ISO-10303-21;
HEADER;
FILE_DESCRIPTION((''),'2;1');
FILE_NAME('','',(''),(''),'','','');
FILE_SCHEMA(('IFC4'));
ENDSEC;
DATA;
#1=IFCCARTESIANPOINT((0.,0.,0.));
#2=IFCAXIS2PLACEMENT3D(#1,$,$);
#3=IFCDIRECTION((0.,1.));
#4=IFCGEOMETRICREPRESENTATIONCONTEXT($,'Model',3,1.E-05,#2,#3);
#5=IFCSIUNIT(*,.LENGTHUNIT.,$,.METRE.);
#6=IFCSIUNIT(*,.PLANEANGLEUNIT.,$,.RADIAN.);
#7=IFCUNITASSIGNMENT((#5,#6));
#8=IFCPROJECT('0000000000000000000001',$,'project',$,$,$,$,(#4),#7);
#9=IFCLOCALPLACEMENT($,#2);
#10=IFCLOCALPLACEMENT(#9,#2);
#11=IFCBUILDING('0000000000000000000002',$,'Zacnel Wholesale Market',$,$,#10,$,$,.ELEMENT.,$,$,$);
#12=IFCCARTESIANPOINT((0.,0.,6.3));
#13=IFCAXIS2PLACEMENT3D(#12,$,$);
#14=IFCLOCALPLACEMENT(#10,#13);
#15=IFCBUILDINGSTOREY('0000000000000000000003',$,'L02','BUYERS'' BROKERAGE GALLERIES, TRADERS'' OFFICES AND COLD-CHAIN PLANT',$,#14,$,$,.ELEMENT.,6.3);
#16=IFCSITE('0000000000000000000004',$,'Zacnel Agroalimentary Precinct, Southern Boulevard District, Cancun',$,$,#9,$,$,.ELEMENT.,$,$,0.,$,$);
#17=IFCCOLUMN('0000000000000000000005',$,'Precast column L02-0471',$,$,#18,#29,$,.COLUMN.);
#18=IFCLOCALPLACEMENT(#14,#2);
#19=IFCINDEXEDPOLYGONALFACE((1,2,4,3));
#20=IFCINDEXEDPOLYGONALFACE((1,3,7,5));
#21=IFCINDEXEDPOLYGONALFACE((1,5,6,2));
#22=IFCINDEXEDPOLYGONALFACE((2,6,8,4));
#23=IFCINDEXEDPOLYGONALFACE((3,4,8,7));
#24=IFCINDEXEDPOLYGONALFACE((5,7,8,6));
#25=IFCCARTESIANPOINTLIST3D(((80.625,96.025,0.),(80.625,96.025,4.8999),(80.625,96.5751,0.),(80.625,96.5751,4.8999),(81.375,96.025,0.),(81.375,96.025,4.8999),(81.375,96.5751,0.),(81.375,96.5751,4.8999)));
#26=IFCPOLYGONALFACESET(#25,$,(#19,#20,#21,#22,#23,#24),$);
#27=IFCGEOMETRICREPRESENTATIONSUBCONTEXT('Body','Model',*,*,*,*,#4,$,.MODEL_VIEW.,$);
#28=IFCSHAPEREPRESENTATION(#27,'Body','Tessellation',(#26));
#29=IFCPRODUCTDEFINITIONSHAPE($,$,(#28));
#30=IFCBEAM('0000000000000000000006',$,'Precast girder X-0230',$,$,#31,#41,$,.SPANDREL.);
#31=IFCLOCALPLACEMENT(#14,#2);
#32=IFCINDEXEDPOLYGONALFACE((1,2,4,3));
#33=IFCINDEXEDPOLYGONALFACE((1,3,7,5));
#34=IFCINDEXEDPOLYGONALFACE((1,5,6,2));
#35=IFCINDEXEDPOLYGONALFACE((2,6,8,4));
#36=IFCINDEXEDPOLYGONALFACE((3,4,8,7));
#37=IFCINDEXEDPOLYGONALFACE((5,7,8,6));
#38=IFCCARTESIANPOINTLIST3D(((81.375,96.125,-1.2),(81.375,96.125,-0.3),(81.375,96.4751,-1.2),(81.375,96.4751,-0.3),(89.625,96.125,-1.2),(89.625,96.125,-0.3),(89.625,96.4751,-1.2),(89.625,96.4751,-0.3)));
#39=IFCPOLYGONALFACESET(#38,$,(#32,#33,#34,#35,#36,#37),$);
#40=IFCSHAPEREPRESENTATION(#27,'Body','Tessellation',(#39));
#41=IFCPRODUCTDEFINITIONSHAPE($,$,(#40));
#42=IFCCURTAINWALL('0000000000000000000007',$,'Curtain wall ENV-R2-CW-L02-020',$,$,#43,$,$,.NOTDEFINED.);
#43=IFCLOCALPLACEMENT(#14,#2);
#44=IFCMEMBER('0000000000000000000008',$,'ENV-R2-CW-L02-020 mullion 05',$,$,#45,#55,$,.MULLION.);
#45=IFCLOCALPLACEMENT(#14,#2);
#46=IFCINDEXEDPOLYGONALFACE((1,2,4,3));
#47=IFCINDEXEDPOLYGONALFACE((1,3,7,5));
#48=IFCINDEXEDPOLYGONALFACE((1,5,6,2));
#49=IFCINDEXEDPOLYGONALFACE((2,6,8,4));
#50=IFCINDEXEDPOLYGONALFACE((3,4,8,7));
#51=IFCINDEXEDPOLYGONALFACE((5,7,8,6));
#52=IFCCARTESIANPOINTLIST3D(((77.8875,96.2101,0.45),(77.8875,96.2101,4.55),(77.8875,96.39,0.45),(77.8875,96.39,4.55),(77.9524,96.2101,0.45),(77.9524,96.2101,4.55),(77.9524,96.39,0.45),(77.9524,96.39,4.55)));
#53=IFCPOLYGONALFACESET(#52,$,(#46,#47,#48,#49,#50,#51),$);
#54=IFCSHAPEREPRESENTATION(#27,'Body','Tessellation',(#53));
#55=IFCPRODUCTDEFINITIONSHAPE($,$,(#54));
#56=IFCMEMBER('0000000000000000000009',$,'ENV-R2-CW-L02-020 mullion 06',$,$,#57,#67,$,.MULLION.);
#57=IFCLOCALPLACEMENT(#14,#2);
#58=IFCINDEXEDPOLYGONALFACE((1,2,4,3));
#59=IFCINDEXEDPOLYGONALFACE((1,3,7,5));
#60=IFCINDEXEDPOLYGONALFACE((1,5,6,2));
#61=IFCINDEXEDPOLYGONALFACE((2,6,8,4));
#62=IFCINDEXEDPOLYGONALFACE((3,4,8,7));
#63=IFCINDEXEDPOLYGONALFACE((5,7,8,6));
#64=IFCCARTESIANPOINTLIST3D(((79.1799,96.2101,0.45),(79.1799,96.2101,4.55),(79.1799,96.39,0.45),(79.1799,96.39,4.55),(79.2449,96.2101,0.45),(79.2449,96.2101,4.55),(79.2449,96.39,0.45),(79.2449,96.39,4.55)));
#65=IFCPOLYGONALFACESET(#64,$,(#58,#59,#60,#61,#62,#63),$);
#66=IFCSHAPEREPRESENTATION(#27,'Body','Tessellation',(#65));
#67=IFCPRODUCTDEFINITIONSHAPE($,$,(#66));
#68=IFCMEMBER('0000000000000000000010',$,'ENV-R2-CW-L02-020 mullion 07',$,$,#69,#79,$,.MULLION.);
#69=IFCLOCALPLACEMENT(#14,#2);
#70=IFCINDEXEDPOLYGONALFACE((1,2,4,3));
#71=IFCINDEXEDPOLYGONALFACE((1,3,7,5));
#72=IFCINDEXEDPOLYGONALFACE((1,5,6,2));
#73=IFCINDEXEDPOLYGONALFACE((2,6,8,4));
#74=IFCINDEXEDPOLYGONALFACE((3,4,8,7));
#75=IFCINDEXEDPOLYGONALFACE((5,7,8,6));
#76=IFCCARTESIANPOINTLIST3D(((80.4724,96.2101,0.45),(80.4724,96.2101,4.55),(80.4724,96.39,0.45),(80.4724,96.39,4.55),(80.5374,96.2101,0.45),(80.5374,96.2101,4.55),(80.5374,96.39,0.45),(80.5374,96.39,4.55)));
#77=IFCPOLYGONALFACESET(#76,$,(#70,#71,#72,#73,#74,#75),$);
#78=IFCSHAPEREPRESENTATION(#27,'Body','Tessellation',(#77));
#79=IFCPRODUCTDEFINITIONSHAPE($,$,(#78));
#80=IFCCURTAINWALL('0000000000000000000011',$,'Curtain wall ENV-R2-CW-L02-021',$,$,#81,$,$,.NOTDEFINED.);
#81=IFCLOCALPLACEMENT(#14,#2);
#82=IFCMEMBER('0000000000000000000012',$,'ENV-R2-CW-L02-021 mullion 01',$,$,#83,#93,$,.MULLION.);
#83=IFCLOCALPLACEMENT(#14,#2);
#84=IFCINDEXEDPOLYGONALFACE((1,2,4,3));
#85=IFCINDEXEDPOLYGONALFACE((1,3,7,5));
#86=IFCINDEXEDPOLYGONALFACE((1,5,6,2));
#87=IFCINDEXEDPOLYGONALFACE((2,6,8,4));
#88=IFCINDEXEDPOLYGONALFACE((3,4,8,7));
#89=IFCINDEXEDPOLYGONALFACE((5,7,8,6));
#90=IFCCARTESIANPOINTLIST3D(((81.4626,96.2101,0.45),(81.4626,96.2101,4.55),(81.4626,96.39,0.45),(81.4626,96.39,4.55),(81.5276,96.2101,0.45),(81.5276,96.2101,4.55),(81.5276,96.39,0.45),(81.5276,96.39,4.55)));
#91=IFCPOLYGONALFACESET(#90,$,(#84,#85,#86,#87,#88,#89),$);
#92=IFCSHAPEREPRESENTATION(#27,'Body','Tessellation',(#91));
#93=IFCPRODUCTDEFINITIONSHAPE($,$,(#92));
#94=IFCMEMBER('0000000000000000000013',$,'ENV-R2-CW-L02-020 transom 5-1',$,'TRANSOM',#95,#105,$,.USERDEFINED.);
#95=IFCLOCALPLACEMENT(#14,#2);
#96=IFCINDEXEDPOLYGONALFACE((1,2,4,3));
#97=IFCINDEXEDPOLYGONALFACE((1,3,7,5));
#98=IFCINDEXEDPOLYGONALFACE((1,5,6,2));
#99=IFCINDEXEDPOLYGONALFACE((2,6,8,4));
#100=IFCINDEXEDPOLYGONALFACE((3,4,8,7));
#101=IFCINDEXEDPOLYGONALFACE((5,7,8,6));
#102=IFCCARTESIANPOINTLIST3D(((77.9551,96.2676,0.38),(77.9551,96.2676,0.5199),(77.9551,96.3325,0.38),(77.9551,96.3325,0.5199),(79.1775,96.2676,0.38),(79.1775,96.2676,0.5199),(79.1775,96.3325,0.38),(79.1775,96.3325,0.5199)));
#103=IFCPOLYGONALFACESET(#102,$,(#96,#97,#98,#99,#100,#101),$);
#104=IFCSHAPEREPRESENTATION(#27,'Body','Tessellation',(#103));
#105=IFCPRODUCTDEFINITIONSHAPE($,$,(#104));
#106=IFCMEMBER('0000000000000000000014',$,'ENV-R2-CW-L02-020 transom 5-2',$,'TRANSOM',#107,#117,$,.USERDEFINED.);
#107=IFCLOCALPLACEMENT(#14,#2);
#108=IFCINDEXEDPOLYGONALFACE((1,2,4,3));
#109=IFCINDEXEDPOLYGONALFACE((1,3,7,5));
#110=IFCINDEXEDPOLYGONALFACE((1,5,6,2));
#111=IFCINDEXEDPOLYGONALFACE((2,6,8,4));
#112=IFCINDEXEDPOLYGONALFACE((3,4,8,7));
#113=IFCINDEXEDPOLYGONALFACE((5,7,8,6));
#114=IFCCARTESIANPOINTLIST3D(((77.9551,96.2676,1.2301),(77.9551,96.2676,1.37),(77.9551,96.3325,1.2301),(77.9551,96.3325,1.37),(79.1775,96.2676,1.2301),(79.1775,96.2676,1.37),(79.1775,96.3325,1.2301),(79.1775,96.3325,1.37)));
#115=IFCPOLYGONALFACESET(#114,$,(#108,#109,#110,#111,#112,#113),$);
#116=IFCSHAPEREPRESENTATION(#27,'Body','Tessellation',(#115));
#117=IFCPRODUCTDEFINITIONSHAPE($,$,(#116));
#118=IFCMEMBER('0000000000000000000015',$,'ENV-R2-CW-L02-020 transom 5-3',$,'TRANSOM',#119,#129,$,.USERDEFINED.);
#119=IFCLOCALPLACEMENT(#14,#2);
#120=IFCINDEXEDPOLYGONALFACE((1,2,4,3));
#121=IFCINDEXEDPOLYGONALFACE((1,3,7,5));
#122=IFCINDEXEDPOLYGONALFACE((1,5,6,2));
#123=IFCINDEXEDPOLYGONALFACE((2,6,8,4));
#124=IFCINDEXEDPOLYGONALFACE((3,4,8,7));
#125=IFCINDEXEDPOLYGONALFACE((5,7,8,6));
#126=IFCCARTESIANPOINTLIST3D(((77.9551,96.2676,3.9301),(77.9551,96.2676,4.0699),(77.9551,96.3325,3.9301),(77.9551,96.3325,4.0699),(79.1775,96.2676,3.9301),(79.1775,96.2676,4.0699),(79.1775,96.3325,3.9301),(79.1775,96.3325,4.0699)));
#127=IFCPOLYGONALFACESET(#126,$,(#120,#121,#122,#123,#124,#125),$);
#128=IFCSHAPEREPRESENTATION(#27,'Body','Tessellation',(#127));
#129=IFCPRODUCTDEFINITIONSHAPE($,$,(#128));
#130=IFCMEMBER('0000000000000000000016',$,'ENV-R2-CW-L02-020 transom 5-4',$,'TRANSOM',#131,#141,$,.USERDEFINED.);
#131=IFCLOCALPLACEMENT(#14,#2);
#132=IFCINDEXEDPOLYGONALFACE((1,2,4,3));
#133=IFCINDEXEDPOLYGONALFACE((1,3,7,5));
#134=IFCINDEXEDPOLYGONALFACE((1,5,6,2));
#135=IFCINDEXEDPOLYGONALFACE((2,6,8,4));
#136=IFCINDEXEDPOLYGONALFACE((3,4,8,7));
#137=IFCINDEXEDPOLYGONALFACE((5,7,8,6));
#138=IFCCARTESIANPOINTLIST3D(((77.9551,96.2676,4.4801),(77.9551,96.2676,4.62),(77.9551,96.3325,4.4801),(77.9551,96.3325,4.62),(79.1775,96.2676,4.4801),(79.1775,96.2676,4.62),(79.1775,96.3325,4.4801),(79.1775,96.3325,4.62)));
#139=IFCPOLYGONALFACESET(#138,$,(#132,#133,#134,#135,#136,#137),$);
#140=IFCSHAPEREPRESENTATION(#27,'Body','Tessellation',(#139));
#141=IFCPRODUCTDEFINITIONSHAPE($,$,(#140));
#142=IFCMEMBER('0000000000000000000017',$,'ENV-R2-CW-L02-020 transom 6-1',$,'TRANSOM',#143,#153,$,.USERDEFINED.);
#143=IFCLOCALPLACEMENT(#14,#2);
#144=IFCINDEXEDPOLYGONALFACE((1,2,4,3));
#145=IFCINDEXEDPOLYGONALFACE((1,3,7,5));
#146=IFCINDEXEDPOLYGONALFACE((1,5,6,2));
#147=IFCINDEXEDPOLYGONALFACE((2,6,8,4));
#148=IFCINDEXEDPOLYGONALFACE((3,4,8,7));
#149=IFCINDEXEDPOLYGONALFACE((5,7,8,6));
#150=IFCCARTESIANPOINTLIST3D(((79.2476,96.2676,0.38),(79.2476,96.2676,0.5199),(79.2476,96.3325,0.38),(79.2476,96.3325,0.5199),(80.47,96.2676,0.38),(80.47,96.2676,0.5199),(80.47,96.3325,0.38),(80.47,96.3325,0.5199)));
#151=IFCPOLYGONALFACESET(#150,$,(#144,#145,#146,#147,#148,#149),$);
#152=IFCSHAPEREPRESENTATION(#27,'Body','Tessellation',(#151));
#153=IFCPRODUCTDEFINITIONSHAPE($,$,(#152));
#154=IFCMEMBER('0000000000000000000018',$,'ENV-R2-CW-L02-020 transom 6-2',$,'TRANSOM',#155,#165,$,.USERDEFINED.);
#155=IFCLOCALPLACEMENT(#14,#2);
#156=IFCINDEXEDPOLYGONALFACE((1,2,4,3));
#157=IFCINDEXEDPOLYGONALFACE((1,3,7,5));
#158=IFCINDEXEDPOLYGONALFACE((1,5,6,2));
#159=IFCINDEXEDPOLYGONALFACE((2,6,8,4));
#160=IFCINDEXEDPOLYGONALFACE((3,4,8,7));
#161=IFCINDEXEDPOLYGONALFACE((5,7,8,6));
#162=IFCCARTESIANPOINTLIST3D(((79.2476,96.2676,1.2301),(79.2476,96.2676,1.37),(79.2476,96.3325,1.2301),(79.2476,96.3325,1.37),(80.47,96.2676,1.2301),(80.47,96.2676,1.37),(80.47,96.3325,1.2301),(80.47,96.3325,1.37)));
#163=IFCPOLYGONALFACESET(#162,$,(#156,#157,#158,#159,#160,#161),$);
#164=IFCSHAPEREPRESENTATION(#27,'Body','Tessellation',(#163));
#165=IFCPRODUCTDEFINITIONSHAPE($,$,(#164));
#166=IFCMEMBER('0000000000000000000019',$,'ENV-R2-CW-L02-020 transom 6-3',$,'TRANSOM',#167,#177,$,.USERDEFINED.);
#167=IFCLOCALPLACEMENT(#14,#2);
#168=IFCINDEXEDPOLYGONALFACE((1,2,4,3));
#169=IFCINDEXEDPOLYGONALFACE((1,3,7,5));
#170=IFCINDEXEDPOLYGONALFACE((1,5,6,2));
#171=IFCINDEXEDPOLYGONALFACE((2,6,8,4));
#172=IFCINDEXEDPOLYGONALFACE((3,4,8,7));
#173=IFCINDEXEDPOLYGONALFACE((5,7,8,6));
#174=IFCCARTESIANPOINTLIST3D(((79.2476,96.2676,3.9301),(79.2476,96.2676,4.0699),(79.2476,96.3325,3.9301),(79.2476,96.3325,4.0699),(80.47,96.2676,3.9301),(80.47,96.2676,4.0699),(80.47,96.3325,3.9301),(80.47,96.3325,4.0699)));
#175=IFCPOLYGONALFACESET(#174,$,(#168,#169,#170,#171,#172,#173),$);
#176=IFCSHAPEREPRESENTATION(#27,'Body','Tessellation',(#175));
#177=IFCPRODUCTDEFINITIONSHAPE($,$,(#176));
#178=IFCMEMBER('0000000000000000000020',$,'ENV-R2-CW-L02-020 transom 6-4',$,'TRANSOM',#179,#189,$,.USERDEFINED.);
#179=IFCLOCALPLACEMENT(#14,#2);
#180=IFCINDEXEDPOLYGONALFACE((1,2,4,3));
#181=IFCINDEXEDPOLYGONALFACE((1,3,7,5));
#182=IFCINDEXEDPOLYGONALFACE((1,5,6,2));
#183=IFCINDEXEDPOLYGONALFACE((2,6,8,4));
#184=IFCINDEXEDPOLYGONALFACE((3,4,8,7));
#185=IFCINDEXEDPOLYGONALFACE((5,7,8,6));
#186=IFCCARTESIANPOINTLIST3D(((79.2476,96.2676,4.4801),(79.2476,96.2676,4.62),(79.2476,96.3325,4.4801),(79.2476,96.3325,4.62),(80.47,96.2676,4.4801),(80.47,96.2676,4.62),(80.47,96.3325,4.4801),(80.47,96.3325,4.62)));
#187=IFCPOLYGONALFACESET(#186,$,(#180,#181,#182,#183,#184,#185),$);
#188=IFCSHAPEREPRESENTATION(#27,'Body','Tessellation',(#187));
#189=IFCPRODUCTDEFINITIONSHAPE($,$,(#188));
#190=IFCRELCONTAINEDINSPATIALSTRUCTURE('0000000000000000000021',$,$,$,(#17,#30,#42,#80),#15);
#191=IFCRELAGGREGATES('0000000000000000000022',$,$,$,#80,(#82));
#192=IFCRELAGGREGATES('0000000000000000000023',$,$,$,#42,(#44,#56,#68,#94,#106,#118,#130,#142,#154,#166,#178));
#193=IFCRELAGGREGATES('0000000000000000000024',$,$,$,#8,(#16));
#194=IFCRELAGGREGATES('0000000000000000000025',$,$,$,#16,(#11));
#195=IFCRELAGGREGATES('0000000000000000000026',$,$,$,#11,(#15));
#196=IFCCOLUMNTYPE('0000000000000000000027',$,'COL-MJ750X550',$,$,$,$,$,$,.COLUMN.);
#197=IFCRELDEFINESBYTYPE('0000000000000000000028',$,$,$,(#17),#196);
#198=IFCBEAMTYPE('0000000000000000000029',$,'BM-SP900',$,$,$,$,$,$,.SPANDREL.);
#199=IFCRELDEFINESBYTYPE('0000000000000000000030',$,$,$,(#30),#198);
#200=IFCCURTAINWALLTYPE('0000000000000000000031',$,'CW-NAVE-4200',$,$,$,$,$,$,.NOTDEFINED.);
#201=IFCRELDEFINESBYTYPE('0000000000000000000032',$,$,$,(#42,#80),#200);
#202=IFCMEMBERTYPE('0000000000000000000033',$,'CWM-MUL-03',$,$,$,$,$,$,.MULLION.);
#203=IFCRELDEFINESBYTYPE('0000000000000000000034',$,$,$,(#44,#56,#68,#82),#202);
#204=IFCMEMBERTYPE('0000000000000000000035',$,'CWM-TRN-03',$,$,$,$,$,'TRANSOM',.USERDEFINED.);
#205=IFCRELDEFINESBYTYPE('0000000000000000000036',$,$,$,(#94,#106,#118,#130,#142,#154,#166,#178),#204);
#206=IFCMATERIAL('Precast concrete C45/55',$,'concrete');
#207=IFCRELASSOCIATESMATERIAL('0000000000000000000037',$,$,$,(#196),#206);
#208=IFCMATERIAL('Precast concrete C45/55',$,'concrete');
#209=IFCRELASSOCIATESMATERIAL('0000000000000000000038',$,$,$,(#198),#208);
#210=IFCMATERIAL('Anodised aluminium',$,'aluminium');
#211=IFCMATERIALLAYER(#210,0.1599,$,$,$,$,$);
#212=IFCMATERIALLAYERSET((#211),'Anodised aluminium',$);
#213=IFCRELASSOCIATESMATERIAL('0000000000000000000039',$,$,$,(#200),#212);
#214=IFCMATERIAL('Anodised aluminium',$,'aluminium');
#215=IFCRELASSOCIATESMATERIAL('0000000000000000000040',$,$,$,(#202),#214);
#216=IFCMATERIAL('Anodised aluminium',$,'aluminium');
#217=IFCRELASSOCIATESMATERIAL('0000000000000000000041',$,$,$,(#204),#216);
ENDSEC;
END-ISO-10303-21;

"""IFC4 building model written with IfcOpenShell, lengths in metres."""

from ifc_helpers import new_model, si_unit, direction, frame, origin, origin_2d, place, context, subcontext, project, spatial, rectangle, extrude, material, layer, layer_set, material_profile, profile_set, type_object, element, aggregate, save


model = new_model("IFC4")

# Units and contexts
model_context = context("Model", 3, precision=1e-05, world=origin(), true_north=direction((0.0, 1.0)))
body_context = subcontext(model_context, "Body", "Model", "MODEL_VIEW")
ifc_project = project(units=[si_unit("LENGTHUNIT", "METRE"), si_unit("PLANEANGLEUNIT", "RADIAN")], contexts=[model_context])

# Site, building, storey
site_placement = place(None, origin())
site = spatial("IfcSite", under=ifc_project, at=site_placement, Name="Zacnel Agroalimentary Precinct, Southern Boulevard District, Cancun", CompositionType="ELEMENT", RefElevation=0.0)
building_placement = place(site_placement, origin())
building = spatial("IfcBuilding", under=site, at=building_placement, Name="Zacnel Wholesale Market", CompositionType="ELEMENT")
storey_placement = place(building_placement, frame((0.0, 0.0, 6.3)))
storey = spatial("IfcBuildingStorey", under=building, at=storey_placement, Name="L02", Description="BUYERS' BROKERAGE GALLERIES, TRADERS' OFFICES AND COLD-CHAIN PLANT", CompositionType="ELEMENT", Elevation=6.3)

# Column
ifc_material_1 = material(Name="Precast concrete C45/55", Category="concrete")
ifc_material_profile_1 = material_profile(ifc_material_1, rectangle(XDim=0.75, YDim=0.55, at=origin_2d()), Name="PC 750x550")
ifc_profile_set_1 = profile_set([ifc_material_profile_1], Name="Precast concrete C45/55")
column_type = type_object("IfcColumnType", Name="COL-MJ750X550", PredefinedType="COLUMN", material=ifc_profile_set_1)
column_placement = place(storey_placement, frame((81.0, 96.3, 0.0), z_axis=(0.0, 0.0, 1.0), x_axis=(1.0, 0.0, 0.0)))
element("IfcColumn", 1, at=column_placement, inside=storey, type_object=column_type, Name="Precast column L02-0471", PredefinedType="COLUMN", context=body_context, shape_type="SweptSolid", body=[
    extrude(rectangle(XDim=0.75, YDim=0.55, at=origin_2d()), origin(), (0.0, 0.0, 1.0), 4.8999),
])

# Beam
ifc_material_2 = material(Name="Precast concrete C45/55", Category="concrete")
ifc_material_profile_2 = material_profile(ifc_material_2, rectangle(XDim=0.3501, YDim=0.8999, at=origin_2d()), Name="SP 350x900")
ifc_profile_set_2 = profile_set([ifc_material_profile_2], Name="Precast concrete C45/55")
beam_type = type_object("IfcBeamType", Name="BM-SP900", PredefinedType="SPANDREL", material=ifc_profile_set_2)
beam_placement = place(storey_placement, frame((81.375, 96.3, -0.75), z_axis=(1.0, 0.0, 0.0), x_axis=(0.0, 1.0, 0.0)))
element("IfcBeam", 2, at=beam_placement, inside=storey, type_object=beam_type, Name="Precast girder X-0230", PredefinedType="SPANDREL", context=body_context, shape_type="SweptSolid", body=[
    extrude(rectangle(XDim=0.3501, YDim=0.8999, at=origin_2d()), origin(), (0.0, 0.0, 1.0), 8.25),
])

# Curtain wall, members
ifc_material_3 = material(Name="Anodised aluminium", Category="aluminium")
ifc_layer_1 = layer(ifc_material_3, 0.1599)
ifc_layer_set_1 = layer_set([ifc_layer_1], Name="Anodised aluminium")
curtain_wall_type = type_object("IfcCurtainWallType", Name="CW-NAVE-4200", PredefinedType="NOTDEFINED", material=ifc_layer_set_1)
curtain_wall_1_placement = place(storey_placement, origin())
curtain_wall_1 = element("IfcCurtainWall", 3, at=curtain_wall_1_placement, inside=storey, type_object=curtain_wall_type, Name="Curtain wall ENV-R2-CW-L02-020", PredefinedType="NOTDEFINED")
ifc_material_4 = material(Name="Anodised aluminium", Category="aluminium")
ifc_material_profile_3 = material_profile(ifc_material_4, rectangle(XDim=0.0649, YDim=0.1799, at=origin_2d()), Name="AW-MULLION 65x180")
ifc_profile_set_3 = profile_set([ifc_material_profile_3], Name="Anodised aluminium")
member_type_1 = type_object("IfcMemberType", Name="CWM-MUL-03", PredefinedType="MULLION", material=ifc_profile_set_3)
member_1_placement = place(storey_placement, frame((77.9199, 96.3, 0.45), z_axis=(0.0, 0.0, 1.0), x_axis=(1.0, 0.0, 0.0)))
member_1 = element("IfcMember", 4, at=member_1_placement, type_object=member_type_1, Name="ENV-R2-CW-L02-020 mullion 05", PredefinedType="MULLION", context=body_context, shape_type="SweptSolid", body=[
    extrude(rectangle(XDim=0.0649, YDim=0.1799, at=origin_2d()), origin(), (0.0, 0.0, 1.0), 4.1001),
])
member_2_placement = place(storey_placement, frame((79.2124, 96.3, 0.45), z_axis=(0.0, 0.0, 1.0), x_axis=(1.0, 0.0, 0.0)))
member_2 = element("IfcMember", 5, at=member_2_placement, type_object=member_type_1, Name="ENV-R2-CW-L02-020 mullion 06", PredefinedType="MULLION", context=body_context, shape_type="SweptSolid", body=[
    extrude(rectangle(XDim=0.0649, YDim=0.1799, at=origin_2d()), origin(), (0.0, 0.0, 1.0), 4.1001),
])
member_3_placement = place(storey_placement, frame((80.5049, 96.3, 0.45), z_axis=(0.0, 0.0, 1.0), x_axis=(1.0, 0.0, 0.0)))
member_3 = element("IfcMember", 6, at=member_3_placement, type_object=member_type_1, Name="ENV-R2-CW-L02-020 mullion 07", PredefinedType="MULLION", context=body_context, shape_type="SweptSolid", body=[
    extrude(rectangle(XDim=0.0649, YDim=0.1799, at=origin_2d()), origin(), (0.0, 0.0, 1.0), 4.1001),
])

# Curtain wall, member
curtain_wall_2_placement = place(storey_placement, origin())
curtain_wall_2 = element("IfcCurtainWall", 7, at=curtain_wall_2_placement, inside=storey, type_object=curtain_wall_type, Name="Curtain wall ENV-R2-CW-L02-021", PredefinedType="NOTDEFINED")
member_4_placement = place(storey_placement, frame((81.4951, 96.3, 0.45), z_axis=(0.0, 0.0, 1.0), x_axis=(1.0, 0.0, 0.0)))
member_4 = element("IfcMember", 8, at=member_4_placement, type_object=member_type_1, Name="ENV-R2-CW-L02-021 mullion 01", PredefinedType="MULLION", context=body_context, shape_type="SweptSolid", body=[
    extrude(rectangle(XDim=0.0649, YDim=0.1799, at=origin_2d()), origin(), (0.0, 0.0, 1.0), 4.1001),
])

# Members
ifc_material_5 = material(Name="Anodised aluminium", Category="aluminium")
ifc_material_profile_4 = material_profile(ifc_material_5, rectangle(XDim=0.0649, YDim=0.1399, at=origin_2d()), Name="AW-TRANSOM 65x140")
ifc_profile_set_4 = profile_set([ifc_material_profile_4], Name="Anodised aluminium")
member_type_2 = type_object("IfcMemberType", Name="CWM-TRN-03", ElementType="TRANSOM", PredefinedType="USERDEFINED", material=ifc_profile_set_4)
member_5_placement = place(storey_placement, frame((77.9551, 96.3, 0.45), z_axis=(1.0, 0.0, 0.0), x_axis=(0.0, 1.0, 0.0)))
member_5 = element("IfcMember", 9, at=member_5_placement, type_object=member_type_2, Name="ENV-R2-CW-L02-020 transom 5-1", ObjectType="TRANSOM", PredefinedType="USERDEFINED", context=body_context, shape_type="SweptSolid", body=[
    extrude(rectangle(XDim=0.0649, YDim=0.1399, at=origin_2d()), origin(), (0.0, 0.0, 1.0), 1.2224),
])
member_6_placement = place(storey_placement, frame((77.9551, 96.3, 1.3), z_axis=(1.0, 0.0, 0.0), x_axis=(0.0, 1.0, 0.0)))
member_6 = element("IfcMember", 10, at=member_6_placement, type_object=member_type_2, Name="ENV-R2-CW-L02-020 transom 5-2", ObjectType="TRANSOM", PredefinedType="USERDEFINED", context=body_context, shape_type="SweptSolid", body=[
    extrude(rectangle(XDim=0.0649, YDim=0.1399, at=origin_2d()), origin(), (0.0, 0.0, 1.0), 1.2224),
])
member_7_placement = place(storey_placement, frame((77.9551, 96.3, 4.0), z_axis=(1.0, 0.0, 0.0), x_axis=(0.0, 1.0, 0.0)))
member_7 = element("IfcMember", 11, at=member_7_placement, type_object=member_type_2, Name="ENV-R2-CW-L02-020 transom 5-3", ObjectType="TRANSOM", PredefinedType="USERDEFINED", context=body_context, shape_type="SweptSolid", body=[
    extrude(rectangle(XDim=0.0649, YDim=0.1399, at=origin_2d()), origin(), (0.0, 0.0, 1.0), 1.2224),
])
member_8_placement = place(storey_placement, frame((77.9551, 96.3, 4.55), z_axis=(1.0, 0.0, 0.0), x_axis=(0.0, 1.0, 0.0)))
member_8 = element("IfcMember", 12, at=member_8_placement, type_object=member_type_2, Name="ENV-R2-CW-L02-020 transom 5-4", ObjectType="TRANSOM", PredefinedType="USERDEFINED", context=body_context, shape_type="SweptSolid", body=[
    extrude(rectangle(XDim=0.0649, YDim=0.1399, at=origin_2d()), origin(), (0.0, 0.0, 1.0), 1.2224),
])
member_9_placement = place(storey_placement, frame((79.2476, 96.3, 0.45), z_axis=(1.0, 0.0, 0.0), x_axis=(0.0, 1.0, 0.0)))
member_9 = element("IfcMember", 13, at=member_9_placement, type_object=member_type_2, Name="ENV-R2-CW-L02-020 transom 6-1", ObjectType="TRANSOM", PredefinedType="USERDEFINED", context=body_context, shape_type="SweptSolid", body=[
    extrude(rectangle(XDim=0.0649, YDim=0.1399, at=origin_2d()), origin(), (0.0, 0.0, 1.0), 1.2224),
])
member_10_placement = place(storey_placement, frame((79.2476, 96.3, 1.3), z_axis=(1.0, 0.0, 0.0), x_axis=(0.0, 1.0, 0.0)))
member_10 = element("IfcMember", 14, at=member_10_placement, type_object=member_type_2, Name="ENV-R2-CW-L02-020 transom 6-2", ObjectType="TRANSOM", PredefinedType="USERDEFINED", context=body_context, shape_type="SweptSolid", body=[
    extrude(rectangle(XDim=0.0649, YDim=0.1399, at=origin_2d()), origin(), (0.0, 0.0, 1.0), 1.2224),
])
member_11_placement = place(storey_placement, frame((79.2476, 96.3, 4.0), z_axis=(1.0, 0.0, 0.0), x_axis=(0.0, 1.0, 0.0)))
member_11 = element("IfcMember", 15, at=member_11_placement, type_object=member_type_2, Name="ENV-R2-CW-L02-020 transom 6-3", ObjectType="TRANSOM", PredefinedType="USERDEFINED", context=body_context, shape_type="SweptSolid", body=[
    extrude(rectangle(XDim=0.0649, YDim=0.1399, at=origin_2d()), origin(), (0.0, 0.0, 1.0), 1.2224),
])
member_12_placement = place(storey_placement, frame((79.2476, 96.3, 4.55), z_axis=(1.0, 0.0, 0.0), x_axis=(0.0, 1.0, 0.0)))
member_12 = element("IfcMember", 16, at=member_12_placement, type_object=member_type_2, Name="ENV-R2-CW-L02-020 transom 6-4", ObjectType="TRANSOM", PredefinedType="USERDEFINED", context=body_context, shape_type="SweptSolid", body=[
    extrude(rectangle(XDim=0.0649, YDim=0.1399, at=origin_2d()), origin(), (0.0, 0.0, 1.0), 1.2224),
])
aggregate(curtain_wall_2, [member_4])

aggregate(curtain_wall_1, [member_1, member_2, member_3, member_5, member_6, member_7, member_8, member_9, member_10, member_11, member_12])

save(model, "model.ifc")
